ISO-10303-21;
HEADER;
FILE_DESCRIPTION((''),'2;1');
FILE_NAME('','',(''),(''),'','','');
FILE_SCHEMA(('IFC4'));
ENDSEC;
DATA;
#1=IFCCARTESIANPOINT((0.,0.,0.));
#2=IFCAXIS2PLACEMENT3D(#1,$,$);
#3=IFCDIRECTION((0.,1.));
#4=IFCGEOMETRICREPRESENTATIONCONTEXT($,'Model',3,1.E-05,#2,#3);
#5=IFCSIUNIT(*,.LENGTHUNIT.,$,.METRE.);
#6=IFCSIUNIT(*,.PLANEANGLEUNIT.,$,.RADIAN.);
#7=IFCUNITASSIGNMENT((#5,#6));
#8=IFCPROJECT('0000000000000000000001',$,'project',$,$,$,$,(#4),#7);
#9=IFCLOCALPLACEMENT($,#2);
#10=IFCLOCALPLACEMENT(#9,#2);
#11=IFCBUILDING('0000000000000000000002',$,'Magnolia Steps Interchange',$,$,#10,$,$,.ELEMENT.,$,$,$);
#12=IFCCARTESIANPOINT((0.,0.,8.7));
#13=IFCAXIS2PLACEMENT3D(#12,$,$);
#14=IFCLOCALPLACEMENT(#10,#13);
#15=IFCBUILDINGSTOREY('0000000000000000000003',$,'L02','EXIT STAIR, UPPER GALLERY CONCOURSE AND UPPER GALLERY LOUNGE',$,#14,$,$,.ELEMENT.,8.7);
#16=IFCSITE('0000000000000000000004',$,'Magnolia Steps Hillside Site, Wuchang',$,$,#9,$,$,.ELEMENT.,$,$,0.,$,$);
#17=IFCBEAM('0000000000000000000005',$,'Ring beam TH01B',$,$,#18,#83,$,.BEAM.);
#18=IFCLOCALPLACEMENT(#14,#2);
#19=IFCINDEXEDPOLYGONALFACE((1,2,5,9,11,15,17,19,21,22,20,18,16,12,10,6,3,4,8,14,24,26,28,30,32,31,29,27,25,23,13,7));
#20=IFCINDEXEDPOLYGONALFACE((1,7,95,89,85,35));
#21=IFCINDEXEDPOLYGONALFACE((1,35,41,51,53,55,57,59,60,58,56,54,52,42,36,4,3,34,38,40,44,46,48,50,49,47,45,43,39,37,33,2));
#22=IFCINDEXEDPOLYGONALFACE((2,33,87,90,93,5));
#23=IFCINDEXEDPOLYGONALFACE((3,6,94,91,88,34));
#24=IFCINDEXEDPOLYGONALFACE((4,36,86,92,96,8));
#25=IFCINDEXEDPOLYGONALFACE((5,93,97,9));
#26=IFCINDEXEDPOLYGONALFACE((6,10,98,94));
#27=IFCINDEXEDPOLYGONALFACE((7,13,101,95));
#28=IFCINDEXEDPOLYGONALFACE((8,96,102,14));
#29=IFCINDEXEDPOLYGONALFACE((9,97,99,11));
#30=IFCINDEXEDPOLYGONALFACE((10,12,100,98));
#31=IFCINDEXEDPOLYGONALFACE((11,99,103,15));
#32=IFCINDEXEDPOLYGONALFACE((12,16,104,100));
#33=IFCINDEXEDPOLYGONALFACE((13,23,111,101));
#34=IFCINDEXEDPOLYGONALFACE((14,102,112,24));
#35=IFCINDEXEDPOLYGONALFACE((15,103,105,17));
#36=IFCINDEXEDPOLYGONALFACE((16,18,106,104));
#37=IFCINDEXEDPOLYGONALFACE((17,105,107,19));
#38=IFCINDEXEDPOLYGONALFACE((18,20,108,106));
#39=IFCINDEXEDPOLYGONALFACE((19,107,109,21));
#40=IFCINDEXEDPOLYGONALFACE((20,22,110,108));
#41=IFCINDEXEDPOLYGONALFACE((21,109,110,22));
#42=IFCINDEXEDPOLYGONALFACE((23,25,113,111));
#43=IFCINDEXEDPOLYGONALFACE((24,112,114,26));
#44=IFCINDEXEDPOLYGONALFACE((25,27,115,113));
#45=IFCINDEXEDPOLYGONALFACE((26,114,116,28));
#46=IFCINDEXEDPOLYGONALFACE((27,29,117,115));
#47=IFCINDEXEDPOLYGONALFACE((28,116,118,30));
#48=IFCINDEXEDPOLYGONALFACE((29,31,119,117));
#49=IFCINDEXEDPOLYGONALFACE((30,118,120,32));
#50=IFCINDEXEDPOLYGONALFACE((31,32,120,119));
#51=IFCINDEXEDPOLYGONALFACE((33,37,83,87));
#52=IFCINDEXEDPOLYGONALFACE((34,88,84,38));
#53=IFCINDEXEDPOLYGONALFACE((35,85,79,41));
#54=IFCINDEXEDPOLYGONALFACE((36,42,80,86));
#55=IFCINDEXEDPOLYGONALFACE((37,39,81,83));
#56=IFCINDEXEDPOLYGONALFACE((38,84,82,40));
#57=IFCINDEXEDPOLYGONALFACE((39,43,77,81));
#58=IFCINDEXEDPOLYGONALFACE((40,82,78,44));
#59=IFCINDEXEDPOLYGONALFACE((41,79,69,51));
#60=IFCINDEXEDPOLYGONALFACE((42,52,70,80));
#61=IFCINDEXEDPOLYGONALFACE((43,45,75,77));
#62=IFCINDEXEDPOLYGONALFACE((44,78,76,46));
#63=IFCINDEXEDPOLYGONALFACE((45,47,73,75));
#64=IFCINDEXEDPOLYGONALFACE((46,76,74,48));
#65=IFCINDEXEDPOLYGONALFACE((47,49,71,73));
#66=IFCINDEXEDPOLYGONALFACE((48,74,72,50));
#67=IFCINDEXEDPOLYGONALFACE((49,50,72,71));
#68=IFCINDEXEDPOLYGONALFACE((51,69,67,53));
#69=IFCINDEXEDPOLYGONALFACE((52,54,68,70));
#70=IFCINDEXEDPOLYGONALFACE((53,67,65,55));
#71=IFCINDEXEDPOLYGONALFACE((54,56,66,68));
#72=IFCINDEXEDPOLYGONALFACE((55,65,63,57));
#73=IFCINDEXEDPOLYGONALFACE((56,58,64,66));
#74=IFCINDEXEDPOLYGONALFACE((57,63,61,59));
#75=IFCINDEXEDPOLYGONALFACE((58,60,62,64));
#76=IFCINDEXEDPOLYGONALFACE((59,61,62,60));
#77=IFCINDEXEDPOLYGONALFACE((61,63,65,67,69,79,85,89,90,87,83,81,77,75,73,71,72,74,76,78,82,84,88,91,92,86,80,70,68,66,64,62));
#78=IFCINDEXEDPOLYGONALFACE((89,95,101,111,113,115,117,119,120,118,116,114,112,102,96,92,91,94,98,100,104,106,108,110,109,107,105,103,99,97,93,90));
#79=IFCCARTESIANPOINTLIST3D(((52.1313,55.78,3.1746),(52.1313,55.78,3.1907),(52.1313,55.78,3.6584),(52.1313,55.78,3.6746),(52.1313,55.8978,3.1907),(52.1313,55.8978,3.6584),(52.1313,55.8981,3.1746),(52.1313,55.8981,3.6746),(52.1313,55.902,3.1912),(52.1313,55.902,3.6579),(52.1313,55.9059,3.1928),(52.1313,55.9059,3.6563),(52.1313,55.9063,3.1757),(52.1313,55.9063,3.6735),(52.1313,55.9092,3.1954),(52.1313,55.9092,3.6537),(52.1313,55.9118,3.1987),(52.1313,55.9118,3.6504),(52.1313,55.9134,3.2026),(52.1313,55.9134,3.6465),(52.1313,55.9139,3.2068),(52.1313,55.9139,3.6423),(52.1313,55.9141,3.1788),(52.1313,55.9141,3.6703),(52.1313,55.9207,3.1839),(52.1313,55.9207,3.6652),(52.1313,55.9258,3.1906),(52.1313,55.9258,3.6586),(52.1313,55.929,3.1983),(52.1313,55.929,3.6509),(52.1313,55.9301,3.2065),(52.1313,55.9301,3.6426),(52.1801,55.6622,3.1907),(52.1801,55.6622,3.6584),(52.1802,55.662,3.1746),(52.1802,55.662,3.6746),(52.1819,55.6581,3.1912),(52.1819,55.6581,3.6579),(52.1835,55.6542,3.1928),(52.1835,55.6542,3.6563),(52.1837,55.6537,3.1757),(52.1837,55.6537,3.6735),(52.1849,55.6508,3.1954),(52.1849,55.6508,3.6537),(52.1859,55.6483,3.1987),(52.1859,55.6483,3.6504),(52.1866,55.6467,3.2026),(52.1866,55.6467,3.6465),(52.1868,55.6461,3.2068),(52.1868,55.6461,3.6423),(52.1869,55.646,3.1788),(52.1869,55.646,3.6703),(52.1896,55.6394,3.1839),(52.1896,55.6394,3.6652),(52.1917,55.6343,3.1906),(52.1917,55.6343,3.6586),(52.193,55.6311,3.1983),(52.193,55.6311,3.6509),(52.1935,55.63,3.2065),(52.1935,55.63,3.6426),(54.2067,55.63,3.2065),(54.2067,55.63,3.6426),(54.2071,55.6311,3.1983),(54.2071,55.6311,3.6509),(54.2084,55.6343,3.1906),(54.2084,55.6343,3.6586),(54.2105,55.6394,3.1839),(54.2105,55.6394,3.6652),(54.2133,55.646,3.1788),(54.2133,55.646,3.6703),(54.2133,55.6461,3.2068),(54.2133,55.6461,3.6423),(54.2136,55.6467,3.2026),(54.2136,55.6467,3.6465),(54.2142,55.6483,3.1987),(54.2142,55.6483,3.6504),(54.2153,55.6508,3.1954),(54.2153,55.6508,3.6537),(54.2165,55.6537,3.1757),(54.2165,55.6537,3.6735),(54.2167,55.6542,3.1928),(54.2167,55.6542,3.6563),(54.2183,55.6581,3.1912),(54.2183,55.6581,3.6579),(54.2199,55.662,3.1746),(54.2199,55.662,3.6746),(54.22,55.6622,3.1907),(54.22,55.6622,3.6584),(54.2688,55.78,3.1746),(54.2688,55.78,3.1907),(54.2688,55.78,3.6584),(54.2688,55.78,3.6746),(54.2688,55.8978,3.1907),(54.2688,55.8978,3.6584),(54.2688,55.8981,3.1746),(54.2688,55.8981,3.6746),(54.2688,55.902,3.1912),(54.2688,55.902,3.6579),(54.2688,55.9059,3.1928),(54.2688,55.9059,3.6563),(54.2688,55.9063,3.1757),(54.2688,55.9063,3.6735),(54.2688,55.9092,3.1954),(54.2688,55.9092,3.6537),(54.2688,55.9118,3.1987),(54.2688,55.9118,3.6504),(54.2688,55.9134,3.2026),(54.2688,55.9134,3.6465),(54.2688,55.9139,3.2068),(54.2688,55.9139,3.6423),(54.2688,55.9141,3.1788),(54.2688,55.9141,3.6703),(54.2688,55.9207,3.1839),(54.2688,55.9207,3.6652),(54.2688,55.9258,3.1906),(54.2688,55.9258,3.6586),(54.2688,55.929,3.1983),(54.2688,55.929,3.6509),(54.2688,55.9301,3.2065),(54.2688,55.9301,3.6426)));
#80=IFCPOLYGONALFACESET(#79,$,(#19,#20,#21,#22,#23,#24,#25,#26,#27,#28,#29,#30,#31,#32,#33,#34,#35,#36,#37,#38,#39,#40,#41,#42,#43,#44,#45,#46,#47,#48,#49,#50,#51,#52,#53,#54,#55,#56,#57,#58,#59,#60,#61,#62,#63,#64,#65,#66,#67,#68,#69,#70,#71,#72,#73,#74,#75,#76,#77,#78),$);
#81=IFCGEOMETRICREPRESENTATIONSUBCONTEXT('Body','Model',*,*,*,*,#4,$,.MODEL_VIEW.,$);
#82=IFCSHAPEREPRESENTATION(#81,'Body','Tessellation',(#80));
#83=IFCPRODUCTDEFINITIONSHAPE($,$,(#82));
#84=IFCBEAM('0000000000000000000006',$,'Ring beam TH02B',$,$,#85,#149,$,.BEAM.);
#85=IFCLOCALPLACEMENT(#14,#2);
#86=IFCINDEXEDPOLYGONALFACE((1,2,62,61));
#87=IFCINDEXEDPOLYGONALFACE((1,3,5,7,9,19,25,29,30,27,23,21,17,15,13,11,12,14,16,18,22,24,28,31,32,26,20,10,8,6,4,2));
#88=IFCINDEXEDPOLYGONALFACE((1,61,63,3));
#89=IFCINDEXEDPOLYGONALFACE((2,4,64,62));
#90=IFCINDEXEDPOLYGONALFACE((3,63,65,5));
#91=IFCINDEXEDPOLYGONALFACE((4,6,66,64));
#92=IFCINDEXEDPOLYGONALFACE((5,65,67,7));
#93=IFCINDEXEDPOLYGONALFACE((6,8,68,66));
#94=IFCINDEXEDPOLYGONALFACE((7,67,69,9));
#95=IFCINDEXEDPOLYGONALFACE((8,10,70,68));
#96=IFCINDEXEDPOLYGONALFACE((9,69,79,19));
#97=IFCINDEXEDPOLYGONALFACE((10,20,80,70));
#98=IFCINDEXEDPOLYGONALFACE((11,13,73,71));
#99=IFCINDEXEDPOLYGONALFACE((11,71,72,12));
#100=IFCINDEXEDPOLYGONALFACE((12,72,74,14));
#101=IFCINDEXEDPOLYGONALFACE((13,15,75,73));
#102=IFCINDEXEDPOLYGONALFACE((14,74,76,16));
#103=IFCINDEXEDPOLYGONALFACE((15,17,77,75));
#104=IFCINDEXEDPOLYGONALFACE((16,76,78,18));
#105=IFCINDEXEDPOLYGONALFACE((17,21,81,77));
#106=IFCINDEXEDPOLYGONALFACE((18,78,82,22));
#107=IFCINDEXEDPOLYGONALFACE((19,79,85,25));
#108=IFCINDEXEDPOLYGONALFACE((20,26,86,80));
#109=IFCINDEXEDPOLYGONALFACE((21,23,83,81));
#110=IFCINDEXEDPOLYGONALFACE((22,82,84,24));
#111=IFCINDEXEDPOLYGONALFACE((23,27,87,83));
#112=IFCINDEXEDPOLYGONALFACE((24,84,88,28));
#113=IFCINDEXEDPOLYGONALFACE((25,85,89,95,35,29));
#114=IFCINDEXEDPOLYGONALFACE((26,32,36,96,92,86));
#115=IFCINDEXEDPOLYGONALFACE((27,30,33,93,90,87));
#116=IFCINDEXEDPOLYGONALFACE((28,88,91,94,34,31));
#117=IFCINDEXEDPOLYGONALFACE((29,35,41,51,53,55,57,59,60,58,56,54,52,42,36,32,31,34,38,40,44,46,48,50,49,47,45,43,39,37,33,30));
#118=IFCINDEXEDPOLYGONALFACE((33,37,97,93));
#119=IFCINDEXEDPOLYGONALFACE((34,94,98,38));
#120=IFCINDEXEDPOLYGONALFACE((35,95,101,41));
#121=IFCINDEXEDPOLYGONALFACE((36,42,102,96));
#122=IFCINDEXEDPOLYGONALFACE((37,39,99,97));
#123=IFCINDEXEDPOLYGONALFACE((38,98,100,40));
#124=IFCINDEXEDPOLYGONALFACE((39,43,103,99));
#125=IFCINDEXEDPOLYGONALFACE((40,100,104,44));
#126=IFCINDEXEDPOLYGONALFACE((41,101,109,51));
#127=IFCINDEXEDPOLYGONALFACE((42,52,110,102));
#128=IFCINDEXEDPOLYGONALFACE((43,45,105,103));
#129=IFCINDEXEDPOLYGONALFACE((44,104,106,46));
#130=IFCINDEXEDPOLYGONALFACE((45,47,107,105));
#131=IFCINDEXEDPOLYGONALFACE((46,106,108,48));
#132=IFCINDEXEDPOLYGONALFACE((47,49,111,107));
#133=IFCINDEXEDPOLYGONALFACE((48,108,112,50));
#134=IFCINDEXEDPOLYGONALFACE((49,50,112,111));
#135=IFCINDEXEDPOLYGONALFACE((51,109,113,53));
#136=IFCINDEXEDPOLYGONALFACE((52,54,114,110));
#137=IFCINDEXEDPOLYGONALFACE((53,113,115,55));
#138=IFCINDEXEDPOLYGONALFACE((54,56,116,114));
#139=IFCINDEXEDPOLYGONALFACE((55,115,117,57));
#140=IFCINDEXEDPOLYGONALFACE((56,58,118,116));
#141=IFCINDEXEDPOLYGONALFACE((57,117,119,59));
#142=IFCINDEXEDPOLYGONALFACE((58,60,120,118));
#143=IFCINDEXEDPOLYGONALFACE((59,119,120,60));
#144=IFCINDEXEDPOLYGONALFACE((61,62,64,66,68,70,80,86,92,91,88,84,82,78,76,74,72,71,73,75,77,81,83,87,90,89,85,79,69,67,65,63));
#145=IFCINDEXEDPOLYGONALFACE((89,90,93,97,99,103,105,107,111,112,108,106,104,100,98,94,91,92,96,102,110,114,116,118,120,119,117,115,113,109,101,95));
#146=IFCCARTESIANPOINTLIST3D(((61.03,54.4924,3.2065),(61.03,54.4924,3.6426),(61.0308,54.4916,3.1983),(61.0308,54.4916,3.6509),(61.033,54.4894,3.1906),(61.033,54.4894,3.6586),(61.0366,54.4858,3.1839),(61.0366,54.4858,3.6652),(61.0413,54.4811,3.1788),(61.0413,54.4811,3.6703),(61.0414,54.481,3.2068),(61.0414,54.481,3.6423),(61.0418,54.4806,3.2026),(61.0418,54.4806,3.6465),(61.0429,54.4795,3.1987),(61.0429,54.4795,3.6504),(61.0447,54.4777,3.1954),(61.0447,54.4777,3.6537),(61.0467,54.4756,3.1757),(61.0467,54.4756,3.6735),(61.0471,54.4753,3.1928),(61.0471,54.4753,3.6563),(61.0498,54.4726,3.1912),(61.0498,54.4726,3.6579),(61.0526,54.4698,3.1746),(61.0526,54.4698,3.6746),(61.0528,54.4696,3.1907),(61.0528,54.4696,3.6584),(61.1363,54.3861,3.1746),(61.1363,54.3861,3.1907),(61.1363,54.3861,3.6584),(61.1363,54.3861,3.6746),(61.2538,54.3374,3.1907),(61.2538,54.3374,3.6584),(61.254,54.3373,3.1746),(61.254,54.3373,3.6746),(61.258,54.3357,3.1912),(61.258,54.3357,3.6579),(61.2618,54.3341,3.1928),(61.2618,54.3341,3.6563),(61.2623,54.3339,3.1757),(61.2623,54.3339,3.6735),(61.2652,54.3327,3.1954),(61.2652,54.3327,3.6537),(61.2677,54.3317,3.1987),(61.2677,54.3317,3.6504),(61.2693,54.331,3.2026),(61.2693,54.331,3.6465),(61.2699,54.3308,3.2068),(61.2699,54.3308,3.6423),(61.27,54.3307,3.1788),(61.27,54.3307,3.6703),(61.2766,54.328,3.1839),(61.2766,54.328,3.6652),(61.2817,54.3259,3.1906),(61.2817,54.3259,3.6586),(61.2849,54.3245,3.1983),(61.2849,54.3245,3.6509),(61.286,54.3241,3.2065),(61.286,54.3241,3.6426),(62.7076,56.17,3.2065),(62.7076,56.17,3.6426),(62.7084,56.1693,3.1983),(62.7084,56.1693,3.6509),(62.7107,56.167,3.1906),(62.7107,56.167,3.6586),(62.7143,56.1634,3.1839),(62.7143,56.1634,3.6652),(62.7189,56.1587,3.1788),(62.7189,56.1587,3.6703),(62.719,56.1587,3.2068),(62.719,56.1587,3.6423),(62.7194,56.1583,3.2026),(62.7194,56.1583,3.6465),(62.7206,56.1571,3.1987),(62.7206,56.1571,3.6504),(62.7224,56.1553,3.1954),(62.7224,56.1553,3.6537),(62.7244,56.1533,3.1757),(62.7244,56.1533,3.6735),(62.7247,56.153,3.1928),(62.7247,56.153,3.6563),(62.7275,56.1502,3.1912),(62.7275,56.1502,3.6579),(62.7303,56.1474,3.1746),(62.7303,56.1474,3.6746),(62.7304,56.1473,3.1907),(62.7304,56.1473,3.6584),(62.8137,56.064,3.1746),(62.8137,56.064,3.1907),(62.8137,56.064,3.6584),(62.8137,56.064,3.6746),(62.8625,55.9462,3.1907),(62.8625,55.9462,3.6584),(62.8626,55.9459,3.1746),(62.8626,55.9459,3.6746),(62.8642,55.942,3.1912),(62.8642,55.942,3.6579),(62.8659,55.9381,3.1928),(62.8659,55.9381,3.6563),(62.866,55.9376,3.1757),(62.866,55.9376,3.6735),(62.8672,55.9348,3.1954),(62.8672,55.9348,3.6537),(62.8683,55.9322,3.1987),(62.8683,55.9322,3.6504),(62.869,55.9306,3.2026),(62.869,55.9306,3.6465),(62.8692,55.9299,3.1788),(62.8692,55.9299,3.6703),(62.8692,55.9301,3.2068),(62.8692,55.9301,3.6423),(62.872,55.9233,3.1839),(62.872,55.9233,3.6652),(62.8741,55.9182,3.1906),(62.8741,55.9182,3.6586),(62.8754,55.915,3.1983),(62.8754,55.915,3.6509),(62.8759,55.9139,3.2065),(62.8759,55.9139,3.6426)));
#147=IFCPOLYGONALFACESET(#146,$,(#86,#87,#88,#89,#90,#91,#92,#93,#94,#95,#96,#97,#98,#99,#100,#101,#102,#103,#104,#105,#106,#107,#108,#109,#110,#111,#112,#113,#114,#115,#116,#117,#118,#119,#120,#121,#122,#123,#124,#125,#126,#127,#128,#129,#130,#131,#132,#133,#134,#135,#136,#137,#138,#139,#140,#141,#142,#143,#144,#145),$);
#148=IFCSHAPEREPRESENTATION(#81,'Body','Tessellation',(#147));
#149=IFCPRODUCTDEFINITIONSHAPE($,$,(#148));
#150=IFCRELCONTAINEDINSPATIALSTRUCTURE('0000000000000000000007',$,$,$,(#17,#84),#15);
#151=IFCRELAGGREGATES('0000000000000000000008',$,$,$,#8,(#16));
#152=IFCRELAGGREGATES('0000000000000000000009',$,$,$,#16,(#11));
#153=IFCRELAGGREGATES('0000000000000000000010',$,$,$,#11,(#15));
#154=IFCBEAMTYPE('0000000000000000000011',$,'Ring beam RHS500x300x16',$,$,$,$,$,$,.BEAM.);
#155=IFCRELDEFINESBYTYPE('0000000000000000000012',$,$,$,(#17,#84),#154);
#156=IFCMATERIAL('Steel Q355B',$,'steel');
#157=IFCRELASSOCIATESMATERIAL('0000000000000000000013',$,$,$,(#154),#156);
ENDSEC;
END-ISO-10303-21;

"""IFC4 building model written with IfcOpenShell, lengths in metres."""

from ifc_helpers import new_model, si_unit, direction, frame, origin, origin_2d, place, context, subcontext, project, spatial, hollow_rectangle, extrude, clip, halfspace, material, material_profile, profile_set, type_object, element, save


model = new_model("IFC4")

# Units and contexts
model_context = context("Model", 3, precision=1e-05, world=origin(), true_north=direction((0.0, 1.0)))
body_context = subcontext(model_context, "Body", "Model", "MODEL_VIEW")
ifc_project = project(units=[si_unit("LENGTHUNIT", "METRE"), si_unit("PLANEANGLEUNIT", "RADIAN")], contexts=[model_context])

# Site, building, storey
site_placement = place(None, origin())
site = spatial("IfcSite", under=ifc_project, at=site_placement, Name="Magnolia Steps Hillside Site, Wuchang", CompositionType="ELEMENT", RefElevation=0.0)
building_placement = place(site_placement, origin())
building = spatial("IfcBuilding", under=site, at=building_placement, Name="Magnolia Steps Interchange", CompositionType="ELEMENT")
storey_placement = place(building_placement, frame((0.0, 0.0, 8.7)))
storey = spatial("IfcBuildingStorey", under=building, at=storey_placement, Name="L02", Description="EXIT STAIR, UPPER GALLERY CONCOURSE AND UPPER GALLERY LOUNGE", CompositionType="ELEMENT", Elevation=8.7)

# Beams
ifc_material_1 = material(Name="Steel Q355B", Category="steel")
ifc_material_profile_1 = material_profile(ifc_material_1, hollow_rectangle(XDim=0.3, YDim=0.5, WallThickness=0.0161, InnerFilletRadius=0.0161, OuterFilletRadius=0.032, at=origin_2d()), Name="RHS500x300x16")
ifc_profile_set_1 = profile_set([ifc_material_profile_1], Name="Steel Q355B")
beam_type = type_object("IfcBeamType", Name="Ring beam RHS500x300x16", PredefinedType="BEAM", material=ifc_profile_set_1)
beam_1_placement = place(storey_placement, frame((54.2688, 55.78, 3.4246), z_axis=(-1.0, 0.0, 0.0), x_axis=(0.0, -1.0, 0.0)))
element("IfcBeam", 1, at=beam_1_placement, inside=storey, type_object=beam_type, Name="Ring beam TH01B", PredefinedType="BEAM", context=body_context, shape_type="Clipping", body=[
    clip(clip(extrude(hollow_rectangle(XDim=0.3, YDim=0.5, WallThickness=0.0161, InnerFilletRadius=0.0161, OuterFilletRadius=0.032, at=origin_2d()), origin(), (0.0, 0.0, 1.0), 2.1375), halfspace(frame((0.0, 0.0, 0.0), z_axis=(0.382683, 0.0, -0.92388), x_axis=(0.92388, 0.0, 0.382683)), False)), halfspace(frame((0.0, 0.0, 2.1375), z_axis=(0.382683, 0.0, 0.92388), x_axis=(0.92388, 0.0, -0.382683)), False)),
])
beam_2_placement = place(storey_placement, frame((62.8137, 56.064, 3.4246), z_axis=(-0.707107, -0.707107, 0.0), x_axis=(0.707107, -0.707107, 0.0)))
element("IfcBeam", 2, at=beam_2_placement, inside=storey, type_object=beam_type, Name="Ring beam TH02B", PredefinedType="BEAM", context=body_context, shape_type="Clipping", body=[
    clip(clip(extrude(hollow_rectangle(XDim=0.3, YDim=0.5, WallThickness=0.0161, InnerFilletRadius=0.0161, OuterFilletRadius=0.032, at=origin_2d()), origin(), (0.0, 0.0, 1.0), 2.3726), halfspace(frame((0.0, 0.0, 0.0), z_axis=(0.382683, 0.0, -0.92388), x_axis=(0.92388, 0.0, 0.382683)), False)), halfspace(frame((0.0, 0.0, 2.3727), z_axis=(0.382683, 0.0, 0.92388), x_axis=(0.92388, 0.0, -0.382683)), False)),
])

save(model, "model.ifc")
